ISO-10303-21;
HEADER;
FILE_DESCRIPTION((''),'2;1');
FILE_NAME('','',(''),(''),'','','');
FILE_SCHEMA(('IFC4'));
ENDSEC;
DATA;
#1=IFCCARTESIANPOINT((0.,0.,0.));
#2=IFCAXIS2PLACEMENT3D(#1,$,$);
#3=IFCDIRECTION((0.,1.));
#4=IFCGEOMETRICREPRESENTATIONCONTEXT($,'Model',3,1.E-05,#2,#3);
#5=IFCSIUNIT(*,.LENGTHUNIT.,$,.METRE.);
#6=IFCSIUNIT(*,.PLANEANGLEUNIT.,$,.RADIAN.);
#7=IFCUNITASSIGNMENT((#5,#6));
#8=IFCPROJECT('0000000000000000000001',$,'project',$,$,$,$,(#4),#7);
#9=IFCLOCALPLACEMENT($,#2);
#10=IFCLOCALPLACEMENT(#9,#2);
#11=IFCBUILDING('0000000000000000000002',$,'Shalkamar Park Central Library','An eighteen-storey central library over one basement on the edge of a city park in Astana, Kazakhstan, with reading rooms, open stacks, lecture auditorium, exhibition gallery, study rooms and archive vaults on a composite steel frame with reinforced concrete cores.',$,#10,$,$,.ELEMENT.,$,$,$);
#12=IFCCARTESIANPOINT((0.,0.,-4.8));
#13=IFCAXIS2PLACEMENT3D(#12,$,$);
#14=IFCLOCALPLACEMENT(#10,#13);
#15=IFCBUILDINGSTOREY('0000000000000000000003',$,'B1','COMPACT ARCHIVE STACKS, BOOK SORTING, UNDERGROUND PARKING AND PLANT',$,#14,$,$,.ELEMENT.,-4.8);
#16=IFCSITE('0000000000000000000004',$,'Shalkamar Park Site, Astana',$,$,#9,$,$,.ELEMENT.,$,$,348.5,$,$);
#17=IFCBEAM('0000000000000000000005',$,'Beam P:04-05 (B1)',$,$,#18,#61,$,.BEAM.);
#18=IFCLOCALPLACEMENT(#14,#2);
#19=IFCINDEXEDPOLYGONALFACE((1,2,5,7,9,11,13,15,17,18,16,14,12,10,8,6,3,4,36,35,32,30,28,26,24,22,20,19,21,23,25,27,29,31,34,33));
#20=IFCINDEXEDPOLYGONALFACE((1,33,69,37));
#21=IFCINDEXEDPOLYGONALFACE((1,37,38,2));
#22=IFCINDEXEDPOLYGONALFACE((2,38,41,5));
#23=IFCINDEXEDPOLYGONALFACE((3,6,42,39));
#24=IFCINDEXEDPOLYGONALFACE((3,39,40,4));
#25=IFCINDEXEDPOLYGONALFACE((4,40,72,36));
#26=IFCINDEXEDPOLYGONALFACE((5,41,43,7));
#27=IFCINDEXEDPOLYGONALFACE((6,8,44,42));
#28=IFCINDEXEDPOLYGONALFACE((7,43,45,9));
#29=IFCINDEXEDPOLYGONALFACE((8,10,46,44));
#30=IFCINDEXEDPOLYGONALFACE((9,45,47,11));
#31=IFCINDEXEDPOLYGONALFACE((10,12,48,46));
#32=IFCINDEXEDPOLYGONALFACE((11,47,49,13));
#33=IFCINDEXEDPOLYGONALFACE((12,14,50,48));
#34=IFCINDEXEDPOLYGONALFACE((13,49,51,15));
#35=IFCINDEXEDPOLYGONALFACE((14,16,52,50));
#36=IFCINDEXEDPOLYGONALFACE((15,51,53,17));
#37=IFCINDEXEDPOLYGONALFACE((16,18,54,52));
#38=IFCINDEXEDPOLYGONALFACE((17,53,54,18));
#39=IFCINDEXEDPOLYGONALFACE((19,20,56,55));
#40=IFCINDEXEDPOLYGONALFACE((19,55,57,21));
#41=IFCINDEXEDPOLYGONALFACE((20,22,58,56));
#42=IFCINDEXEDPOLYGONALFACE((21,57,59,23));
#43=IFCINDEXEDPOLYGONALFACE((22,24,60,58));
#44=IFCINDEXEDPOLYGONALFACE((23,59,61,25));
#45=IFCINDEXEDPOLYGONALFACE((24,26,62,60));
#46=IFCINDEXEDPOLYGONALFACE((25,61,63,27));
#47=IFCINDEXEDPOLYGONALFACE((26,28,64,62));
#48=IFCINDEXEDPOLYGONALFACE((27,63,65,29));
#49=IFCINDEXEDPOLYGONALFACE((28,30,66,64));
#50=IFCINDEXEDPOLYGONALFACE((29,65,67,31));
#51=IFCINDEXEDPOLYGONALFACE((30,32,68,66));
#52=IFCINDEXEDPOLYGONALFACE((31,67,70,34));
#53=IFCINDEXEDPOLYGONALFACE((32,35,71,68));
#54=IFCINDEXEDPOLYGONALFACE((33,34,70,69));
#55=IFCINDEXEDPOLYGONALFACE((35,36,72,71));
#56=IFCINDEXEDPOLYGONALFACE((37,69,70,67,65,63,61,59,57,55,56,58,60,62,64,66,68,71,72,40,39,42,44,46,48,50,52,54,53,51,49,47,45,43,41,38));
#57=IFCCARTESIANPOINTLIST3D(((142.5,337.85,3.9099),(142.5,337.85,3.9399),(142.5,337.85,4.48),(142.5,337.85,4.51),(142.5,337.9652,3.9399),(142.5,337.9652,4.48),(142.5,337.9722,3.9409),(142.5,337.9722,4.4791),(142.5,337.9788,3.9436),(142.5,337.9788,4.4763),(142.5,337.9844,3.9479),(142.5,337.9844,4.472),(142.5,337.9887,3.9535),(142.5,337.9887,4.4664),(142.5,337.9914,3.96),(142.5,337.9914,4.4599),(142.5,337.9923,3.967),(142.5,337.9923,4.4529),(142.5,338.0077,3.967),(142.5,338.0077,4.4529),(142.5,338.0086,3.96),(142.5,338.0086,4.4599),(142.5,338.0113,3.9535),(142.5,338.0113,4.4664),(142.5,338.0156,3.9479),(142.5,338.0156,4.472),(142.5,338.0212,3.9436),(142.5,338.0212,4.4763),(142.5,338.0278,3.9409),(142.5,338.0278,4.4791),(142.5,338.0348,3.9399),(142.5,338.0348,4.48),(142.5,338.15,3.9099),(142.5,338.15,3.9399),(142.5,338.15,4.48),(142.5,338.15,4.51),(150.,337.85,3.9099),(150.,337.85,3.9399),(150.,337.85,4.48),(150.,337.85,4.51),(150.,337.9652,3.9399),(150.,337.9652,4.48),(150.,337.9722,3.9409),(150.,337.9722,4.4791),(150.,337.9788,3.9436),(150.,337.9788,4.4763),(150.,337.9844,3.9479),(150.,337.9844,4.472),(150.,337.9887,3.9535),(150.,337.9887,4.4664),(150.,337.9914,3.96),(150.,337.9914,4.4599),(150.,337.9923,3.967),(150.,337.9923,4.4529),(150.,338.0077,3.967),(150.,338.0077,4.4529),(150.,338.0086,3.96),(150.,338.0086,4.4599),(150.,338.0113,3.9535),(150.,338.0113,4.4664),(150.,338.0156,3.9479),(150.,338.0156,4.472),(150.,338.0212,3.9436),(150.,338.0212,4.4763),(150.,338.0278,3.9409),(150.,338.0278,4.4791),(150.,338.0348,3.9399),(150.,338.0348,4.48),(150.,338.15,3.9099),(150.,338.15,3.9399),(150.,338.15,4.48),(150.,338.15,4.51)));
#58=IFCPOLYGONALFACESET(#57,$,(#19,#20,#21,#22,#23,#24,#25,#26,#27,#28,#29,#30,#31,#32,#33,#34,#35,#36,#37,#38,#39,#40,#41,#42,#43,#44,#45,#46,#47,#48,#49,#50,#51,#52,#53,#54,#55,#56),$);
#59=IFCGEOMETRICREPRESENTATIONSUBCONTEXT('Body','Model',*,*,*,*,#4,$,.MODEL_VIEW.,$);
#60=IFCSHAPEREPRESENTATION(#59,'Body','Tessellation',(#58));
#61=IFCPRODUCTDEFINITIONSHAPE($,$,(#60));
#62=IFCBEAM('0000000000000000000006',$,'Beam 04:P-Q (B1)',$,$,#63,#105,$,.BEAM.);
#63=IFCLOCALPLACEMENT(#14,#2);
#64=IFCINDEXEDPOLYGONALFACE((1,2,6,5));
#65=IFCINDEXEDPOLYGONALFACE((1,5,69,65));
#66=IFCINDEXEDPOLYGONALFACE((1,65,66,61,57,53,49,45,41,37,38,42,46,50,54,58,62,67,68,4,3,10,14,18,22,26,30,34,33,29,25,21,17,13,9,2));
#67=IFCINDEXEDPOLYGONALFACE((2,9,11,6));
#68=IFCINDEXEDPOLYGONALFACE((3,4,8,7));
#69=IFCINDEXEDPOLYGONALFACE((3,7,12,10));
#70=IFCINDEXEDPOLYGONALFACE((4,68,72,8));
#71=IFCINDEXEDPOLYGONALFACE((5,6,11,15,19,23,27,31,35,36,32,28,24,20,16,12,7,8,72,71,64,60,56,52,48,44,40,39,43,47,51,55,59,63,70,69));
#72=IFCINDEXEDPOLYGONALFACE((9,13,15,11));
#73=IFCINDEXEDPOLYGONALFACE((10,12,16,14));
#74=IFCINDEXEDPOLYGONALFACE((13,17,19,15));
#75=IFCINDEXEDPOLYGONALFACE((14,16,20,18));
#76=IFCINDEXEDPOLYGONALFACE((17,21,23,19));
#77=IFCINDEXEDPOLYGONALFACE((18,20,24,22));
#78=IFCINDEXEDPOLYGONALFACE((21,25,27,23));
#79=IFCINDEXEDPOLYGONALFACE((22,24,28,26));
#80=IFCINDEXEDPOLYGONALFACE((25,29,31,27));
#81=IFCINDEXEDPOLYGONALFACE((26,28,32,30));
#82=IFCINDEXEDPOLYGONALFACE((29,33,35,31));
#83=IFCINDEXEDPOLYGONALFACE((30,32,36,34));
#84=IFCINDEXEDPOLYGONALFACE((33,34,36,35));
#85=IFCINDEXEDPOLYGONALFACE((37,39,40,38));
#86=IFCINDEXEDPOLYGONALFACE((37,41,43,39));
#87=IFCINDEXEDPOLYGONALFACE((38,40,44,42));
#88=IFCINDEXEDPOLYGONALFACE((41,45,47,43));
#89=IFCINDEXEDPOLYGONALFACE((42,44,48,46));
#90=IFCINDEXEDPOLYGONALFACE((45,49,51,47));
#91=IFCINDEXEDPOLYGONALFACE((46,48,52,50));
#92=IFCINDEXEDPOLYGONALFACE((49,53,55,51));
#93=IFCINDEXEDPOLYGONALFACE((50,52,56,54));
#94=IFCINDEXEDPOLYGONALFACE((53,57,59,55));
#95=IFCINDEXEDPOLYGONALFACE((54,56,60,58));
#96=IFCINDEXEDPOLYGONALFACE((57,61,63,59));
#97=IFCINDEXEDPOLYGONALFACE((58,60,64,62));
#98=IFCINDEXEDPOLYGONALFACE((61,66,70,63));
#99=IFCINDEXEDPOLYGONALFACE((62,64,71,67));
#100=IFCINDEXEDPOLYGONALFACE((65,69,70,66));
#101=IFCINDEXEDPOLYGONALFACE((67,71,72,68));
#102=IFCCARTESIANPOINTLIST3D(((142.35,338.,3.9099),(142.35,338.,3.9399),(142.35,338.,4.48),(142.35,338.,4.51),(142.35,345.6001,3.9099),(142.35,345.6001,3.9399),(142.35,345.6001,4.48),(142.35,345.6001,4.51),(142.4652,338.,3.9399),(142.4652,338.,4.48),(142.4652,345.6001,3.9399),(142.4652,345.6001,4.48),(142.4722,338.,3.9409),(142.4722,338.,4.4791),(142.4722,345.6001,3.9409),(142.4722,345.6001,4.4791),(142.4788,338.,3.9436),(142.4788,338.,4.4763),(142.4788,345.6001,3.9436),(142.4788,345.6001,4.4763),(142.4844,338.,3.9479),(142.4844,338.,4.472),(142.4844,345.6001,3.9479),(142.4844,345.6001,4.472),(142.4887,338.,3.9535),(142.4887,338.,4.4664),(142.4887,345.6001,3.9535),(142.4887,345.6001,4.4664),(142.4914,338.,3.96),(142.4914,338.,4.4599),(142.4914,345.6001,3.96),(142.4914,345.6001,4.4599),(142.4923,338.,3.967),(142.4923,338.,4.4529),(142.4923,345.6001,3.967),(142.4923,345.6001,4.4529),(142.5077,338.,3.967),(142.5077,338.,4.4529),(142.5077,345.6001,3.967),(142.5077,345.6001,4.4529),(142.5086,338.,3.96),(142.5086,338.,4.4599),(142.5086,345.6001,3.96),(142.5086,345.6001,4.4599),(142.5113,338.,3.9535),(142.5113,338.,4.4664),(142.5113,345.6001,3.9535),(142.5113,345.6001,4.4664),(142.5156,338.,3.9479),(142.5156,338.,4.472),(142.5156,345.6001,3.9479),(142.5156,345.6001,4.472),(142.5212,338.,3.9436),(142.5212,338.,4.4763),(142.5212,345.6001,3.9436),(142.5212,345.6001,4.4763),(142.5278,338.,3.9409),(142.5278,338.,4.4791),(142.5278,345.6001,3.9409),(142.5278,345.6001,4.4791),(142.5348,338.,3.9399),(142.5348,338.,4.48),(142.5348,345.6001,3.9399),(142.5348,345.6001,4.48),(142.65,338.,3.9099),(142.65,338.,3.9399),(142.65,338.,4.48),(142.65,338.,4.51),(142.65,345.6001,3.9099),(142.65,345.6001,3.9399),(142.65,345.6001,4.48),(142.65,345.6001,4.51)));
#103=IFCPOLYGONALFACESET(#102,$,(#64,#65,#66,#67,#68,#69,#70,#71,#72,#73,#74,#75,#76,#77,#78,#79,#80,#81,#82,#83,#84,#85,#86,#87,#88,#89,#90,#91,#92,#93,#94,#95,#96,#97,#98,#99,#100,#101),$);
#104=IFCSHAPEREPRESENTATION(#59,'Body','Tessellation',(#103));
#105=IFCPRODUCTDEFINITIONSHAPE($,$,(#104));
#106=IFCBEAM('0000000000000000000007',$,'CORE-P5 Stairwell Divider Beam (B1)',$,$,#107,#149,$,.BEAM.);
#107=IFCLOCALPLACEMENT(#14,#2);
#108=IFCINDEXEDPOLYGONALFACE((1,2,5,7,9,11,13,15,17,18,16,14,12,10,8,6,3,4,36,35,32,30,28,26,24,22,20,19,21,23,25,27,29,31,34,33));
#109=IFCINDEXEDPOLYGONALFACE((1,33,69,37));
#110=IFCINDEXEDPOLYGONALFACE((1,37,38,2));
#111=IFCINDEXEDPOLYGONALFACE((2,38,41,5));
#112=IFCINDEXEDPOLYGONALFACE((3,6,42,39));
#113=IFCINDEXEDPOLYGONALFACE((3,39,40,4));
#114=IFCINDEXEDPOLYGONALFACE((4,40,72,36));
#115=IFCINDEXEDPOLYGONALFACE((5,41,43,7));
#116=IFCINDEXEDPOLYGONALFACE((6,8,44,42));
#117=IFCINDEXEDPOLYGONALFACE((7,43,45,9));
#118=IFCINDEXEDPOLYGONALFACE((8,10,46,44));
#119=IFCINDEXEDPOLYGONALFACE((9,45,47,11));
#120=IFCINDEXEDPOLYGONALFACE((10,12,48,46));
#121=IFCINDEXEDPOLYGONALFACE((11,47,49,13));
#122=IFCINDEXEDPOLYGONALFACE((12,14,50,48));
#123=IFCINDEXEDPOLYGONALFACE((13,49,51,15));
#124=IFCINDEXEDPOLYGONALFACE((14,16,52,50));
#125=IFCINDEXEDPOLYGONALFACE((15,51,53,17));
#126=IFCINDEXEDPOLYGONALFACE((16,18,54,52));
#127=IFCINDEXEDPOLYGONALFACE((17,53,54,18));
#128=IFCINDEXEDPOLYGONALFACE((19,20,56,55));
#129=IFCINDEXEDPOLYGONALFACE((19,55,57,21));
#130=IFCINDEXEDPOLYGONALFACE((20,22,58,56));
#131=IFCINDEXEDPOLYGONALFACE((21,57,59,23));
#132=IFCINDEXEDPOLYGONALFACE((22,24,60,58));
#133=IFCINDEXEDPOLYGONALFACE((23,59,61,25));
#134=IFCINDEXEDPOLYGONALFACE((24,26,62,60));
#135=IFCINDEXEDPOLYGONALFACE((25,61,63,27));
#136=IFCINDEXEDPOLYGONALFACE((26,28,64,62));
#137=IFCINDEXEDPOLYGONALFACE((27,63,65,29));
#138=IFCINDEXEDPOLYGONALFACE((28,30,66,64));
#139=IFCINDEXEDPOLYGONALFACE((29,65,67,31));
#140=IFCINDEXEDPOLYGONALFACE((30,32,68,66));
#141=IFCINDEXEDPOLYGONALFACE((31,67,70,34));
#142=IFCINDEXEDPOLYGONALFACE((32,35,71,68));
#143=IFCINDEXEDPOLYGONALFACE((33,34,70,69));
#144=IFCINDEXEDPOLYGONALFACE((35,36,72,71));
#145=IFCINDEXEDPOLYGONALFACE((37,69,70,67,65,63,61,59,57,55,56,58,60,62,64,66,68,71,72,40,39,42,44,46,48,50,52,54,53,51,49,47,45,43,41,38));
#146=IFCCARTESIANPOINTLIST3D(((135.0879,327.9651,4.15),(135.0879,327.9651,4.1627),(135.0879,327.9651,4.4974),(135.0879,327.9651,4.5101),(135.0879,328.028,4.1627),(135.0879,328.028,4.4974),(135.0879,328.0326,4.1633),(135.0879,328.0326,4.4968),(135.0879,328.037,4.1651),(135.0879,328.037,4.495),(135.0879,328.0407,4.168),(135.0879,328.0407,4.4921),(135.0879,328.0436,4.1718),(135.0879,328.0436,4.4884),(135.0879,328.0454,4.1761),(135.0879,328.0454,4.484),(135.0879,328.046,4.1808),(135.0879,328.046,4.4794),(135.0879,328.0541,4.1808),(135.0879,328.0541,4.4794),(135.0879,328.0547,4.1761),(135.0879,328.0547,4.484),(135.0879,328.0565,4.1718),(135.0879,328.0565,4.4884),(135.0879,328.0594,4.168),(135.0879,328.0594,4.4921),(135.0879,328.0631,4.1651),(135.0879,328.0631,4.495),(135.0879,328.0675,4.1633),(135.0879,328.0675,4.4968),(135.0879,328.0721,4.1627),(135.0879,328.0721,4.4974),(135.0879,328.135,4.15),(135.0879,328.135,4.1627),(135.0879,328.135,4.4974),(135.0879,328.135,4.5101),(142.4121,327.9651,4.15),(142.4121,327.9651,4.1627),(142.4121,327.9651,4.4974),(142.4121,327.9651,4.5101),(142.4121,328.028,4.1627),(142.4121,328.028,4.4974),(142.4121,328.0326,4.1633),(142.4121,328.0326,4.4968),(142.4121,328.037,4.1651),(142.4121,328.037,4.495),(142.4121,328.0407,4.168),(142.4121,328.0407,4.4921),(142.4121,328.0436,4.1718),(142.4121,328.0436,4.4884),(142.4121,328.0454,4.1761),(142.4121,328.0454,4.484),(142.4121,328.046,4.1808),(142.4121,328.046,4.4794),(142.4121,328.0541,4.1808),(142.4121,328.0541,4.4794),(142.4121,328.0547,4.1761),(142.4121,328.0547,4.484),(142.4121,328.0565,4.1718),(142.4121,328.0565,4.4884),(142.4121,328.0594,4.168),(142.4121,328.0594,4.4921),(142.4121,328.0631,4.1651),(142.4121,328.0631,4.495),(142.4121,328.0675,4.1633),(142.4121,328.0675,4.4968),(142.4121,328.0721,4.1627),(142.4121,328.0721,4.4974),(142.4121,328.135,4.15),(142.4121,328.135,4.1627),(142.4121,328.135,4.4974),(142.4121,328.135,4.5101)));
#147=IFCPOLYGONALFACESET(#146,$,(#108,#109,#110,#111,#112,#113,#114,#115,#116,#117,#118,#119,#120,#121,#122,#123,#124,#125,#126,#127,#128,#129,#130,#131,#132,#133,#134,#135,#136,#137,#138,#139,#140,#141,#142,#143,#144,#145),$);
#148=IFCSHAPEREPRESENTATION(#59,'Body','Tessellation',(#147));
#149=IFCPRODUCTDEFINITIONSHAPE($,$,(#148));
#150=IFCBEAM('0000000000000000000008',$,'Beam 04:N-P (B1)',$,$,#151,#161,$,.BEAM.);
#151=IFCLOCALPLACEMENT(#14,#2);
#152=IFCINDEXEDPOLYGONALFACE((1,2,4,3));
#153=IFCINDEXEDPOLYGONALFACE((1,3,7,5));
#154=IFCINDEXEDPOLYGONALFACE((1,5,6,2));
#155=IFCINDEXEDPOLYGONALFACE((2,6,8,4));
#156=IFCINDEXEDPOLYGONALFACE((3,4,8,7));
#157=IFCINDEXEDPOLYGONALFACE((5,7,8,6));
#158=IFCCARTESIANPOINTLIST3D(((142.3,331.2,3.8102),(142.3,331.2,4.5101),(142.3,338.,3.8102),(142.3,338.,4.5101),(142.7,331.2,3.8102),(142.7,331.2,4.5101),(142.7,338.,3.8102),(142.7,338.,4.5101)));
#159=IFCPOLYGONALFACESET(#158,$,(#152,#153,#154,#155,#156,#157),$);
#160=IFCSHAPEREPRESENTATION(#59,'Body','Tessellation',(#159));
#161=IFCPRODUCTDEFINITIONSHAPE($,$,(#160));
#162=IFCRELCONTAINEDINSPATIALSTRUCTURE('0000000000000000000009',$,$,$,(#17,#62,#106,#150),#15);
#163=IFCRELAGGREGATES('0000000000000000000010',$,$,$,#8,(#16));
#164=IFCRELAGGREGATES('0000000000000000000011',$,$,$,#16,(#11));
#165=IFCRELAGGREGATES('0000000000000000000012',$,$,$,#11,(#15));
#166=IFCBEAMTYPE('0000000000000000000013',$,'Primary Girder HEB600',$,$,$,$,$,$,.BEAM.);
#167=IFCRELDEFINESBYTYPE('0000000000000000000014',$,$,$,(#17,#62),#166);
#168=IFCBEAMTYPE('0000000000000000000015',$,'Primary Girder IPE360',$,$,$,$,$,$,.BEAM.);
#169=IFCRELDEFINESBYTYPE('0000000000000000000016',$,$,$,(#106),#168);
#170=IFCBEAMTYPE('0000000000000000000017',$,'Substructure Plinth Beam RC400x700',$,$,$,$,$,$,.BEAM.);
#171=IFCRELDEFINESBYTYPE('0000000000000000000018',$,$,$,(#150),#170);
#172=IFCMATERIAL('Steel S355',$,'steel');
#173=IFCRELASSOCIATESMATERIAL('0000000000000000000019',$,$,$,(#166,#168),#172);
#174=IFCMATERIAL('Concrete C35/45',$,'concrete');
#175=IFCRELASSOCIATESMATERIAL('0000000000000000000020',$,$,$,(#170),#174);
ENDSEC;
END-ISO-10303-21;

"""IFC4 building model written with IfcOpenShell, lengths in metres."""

from ifc_helpers import new_model, si_unit, direction, frame, origin, origin_2d, place, context, subcontext, project, spatial, rectangle, i_section, extrude, material, material_profile, profile_set, type_object, element, save


model = new_model("IFC4")

# Units and contexts
model_context = context("Model", 3, precision=1e-05, world=origin(), true_north=direction((0.0, 1.0)))
body_context = subcontext(model_context, "Body", "Model", "MODEL_VIEW")
ifc_project = project(units=[si_unit("LENGTHUNIT", "METRE"), si_unit("PLANEANGLEUNIT", "RADIAN")], contexts=[model_context])

# Site, building, storey
site_placement = place(None, origin())
site = spatial("IfcSite", under=ifc_project, at=site_placement, Name="Shalkamar Park Site, Astana", CompositionType="ELEMENT", RefElevation=348.5)
building_placement = place(site_placement, origin())
building = spatial("IfcBuilding", under=site, at=building_placement, Name="Shalkamar Park Central Library", Description="An eighteen-storey central library over one basement on the edge of a city park in Astana, Kazakhstan, with reading rooms, open stacks, lecture auditorium, exhibition gallery, study rooms and archive vaults on a composite steel frame with reinforced concrete cores.", CompositionType="ELEMENT")
storey_placement = place(building_placement, frame((0.0, 0.0, -4.8)))
storey = spatial("IfcBuildingStorey", under=building, at=storey_placement, Name="B1", Description="COMPACT ARCHIVE STACKS, BOOK SORTING, UNDERGROUND PARKING AND PLANT", CompositionType="ELEMENT", Elevation=-4.8)

# Shared definitions
ifc_material_1 = material(Name="Concrete C35/45", Category="concrete")

# Shared definitions
ifc_material_2 = material(Name="Steel S355", Category="steel")

# Beams
ifc_material_profile_1 = material_profile(ifc_material_2, i_section(OverallWidth=0.3, OverallDepth=0.6001, WebThickness=0.0154, FlangeThickness=0.03, FilletRadius=0.0271, at=origin_2d()), Name="HEB 600")
ifc_profile_set_1 = profile_set([ifc_material_profile_1], Name="Steel S355")
beam_type_1 = type_object("IfcBeamType", Name="Primary Girder HEB600", PredefinedType="BEAM", material=ifc_profile_set_1)
for number, where, z_axis, x_axis, name in (
    (1, (142.5, 338.0, 4.21), (1.0, 0.0, 0.0), (0.0, 1.0, 0.0), "Beam P:04-05 (B1)"),
):
    element("IfcBeam", number, at=place(storey_placement, frame(where, z_axis=z_axis, x_axis=x_axis)), inside=storey, type_object=beam_type_1, Name=name, PredefinedType="BEAM", context=body_context, shape_type="SweptSolid", body=[
        extrude(i_section(OverallWidth=0.3, OverallDepth=0.6001, WebThickness=0.0154, FlangeThickness=0.03, FilletRadius=0.0271, at=origin_2d()), origin(), (0.0, 0.0, 1.0), 7.5),
    ])
beam_1_placement = place(storey_placement, frame((142.5, 338.0, 4.21), z_axis=(0.0, 1.0, 0.0), x_axis=(-1.0, 0.0, 0.0)))
element("IfcBeam", 2, at=beam_1_placement, inside=storey, type_object=beam_type_1, Name="Beam 04:P-Q (B1)", PredefinedType="BEAM", context=body_context, shape_type="SweptSolid", body=[
    extrude(i_section(OverallWidth=0.3, OverallDepth=0.6001, WebThickness=0.0154, FlangeThickness=0.03, FilletRadius=0.0271, at=origin_2d()), origin(), (0.0, 0.0, 1.0), 7.6001),
])
ifc_material_profile_2 = material_profile(ifc_material_2, i_section(OverallWidth=0.1699, OverallDepth=0.3601, WebThickness=0.0081, FlangeThickness=0.0127, FilletRadius=0.0181, at=origin_2d()), Name="IPE 360")
ifc_profile_set_2 = profile_set([ifc_material_profile_2], Name="Steel S355")
beam_type_2 = type_object("IfcBeamType", Name="Primary Girder IPE360", PredefinedType="BEAM", material=ifc_profile_set_2)
beam_2_placement = place(storey_placement, frame((135.0879, 328.05, 4.3301), z_axis=(1.0, 0.0, 0.0), x_axis=(0.0, 1.0, 0.0)))
element("IfcBeam", 3, at=beam_2_placement, inside=storey, type_object=beam_type_2, Name="CORE-P5 Stairwell Divider Beam (B1)", PredefinedType="BEAM", context=body_context, shape_type="SweptSolid", body=[
    extrude(i_section(OverallWidth=0.1699, OverallDepth=0.3601, WebThickness=0.0081, FlangeThickness=0.0127, FilletRadius=0.0181, at=origin_2d()), origin(), (0.0, 0.0, 1.0), 7.3242),
])
ifc_material_profile_3 = material_profile(ifc_material_1, rectangle(XDim=0.3999, YDim=0.7, at=origin_2d()), Name="RC 400x700")
ifc_profile_set_3 = profile_set([ifc_material_profile_3], Name="Concrete C35/45")
beam_type_3 = type_object("IfcBeamType", Name="Substructure Plinth Beam RC400x700", PredefinedType="BEAM", material=ifc_profile_set_3)
beam_3_placement = place(storey_placement, frame((142.5, 331.2, 4.1602), z_axis=(0.0, 1.0, 0.0), x_axis=(-1.0, 0.0, 0.0)))
element("IfcBeam", 4, at=beam_3_placement, inside=storey, type_object=beam_type_3, Name="Beam 04:N-P (B1)", PredefinedType="BEAM", context=body_context, shape_type="SweptSolid", body=[
    extrude(rectangle(XDim=0.3999, YDim=0.7, at=origin_2d()), origin(), (0.0, 0.0, 1.0), 6.8),
])

save(model, "model.ifc")
